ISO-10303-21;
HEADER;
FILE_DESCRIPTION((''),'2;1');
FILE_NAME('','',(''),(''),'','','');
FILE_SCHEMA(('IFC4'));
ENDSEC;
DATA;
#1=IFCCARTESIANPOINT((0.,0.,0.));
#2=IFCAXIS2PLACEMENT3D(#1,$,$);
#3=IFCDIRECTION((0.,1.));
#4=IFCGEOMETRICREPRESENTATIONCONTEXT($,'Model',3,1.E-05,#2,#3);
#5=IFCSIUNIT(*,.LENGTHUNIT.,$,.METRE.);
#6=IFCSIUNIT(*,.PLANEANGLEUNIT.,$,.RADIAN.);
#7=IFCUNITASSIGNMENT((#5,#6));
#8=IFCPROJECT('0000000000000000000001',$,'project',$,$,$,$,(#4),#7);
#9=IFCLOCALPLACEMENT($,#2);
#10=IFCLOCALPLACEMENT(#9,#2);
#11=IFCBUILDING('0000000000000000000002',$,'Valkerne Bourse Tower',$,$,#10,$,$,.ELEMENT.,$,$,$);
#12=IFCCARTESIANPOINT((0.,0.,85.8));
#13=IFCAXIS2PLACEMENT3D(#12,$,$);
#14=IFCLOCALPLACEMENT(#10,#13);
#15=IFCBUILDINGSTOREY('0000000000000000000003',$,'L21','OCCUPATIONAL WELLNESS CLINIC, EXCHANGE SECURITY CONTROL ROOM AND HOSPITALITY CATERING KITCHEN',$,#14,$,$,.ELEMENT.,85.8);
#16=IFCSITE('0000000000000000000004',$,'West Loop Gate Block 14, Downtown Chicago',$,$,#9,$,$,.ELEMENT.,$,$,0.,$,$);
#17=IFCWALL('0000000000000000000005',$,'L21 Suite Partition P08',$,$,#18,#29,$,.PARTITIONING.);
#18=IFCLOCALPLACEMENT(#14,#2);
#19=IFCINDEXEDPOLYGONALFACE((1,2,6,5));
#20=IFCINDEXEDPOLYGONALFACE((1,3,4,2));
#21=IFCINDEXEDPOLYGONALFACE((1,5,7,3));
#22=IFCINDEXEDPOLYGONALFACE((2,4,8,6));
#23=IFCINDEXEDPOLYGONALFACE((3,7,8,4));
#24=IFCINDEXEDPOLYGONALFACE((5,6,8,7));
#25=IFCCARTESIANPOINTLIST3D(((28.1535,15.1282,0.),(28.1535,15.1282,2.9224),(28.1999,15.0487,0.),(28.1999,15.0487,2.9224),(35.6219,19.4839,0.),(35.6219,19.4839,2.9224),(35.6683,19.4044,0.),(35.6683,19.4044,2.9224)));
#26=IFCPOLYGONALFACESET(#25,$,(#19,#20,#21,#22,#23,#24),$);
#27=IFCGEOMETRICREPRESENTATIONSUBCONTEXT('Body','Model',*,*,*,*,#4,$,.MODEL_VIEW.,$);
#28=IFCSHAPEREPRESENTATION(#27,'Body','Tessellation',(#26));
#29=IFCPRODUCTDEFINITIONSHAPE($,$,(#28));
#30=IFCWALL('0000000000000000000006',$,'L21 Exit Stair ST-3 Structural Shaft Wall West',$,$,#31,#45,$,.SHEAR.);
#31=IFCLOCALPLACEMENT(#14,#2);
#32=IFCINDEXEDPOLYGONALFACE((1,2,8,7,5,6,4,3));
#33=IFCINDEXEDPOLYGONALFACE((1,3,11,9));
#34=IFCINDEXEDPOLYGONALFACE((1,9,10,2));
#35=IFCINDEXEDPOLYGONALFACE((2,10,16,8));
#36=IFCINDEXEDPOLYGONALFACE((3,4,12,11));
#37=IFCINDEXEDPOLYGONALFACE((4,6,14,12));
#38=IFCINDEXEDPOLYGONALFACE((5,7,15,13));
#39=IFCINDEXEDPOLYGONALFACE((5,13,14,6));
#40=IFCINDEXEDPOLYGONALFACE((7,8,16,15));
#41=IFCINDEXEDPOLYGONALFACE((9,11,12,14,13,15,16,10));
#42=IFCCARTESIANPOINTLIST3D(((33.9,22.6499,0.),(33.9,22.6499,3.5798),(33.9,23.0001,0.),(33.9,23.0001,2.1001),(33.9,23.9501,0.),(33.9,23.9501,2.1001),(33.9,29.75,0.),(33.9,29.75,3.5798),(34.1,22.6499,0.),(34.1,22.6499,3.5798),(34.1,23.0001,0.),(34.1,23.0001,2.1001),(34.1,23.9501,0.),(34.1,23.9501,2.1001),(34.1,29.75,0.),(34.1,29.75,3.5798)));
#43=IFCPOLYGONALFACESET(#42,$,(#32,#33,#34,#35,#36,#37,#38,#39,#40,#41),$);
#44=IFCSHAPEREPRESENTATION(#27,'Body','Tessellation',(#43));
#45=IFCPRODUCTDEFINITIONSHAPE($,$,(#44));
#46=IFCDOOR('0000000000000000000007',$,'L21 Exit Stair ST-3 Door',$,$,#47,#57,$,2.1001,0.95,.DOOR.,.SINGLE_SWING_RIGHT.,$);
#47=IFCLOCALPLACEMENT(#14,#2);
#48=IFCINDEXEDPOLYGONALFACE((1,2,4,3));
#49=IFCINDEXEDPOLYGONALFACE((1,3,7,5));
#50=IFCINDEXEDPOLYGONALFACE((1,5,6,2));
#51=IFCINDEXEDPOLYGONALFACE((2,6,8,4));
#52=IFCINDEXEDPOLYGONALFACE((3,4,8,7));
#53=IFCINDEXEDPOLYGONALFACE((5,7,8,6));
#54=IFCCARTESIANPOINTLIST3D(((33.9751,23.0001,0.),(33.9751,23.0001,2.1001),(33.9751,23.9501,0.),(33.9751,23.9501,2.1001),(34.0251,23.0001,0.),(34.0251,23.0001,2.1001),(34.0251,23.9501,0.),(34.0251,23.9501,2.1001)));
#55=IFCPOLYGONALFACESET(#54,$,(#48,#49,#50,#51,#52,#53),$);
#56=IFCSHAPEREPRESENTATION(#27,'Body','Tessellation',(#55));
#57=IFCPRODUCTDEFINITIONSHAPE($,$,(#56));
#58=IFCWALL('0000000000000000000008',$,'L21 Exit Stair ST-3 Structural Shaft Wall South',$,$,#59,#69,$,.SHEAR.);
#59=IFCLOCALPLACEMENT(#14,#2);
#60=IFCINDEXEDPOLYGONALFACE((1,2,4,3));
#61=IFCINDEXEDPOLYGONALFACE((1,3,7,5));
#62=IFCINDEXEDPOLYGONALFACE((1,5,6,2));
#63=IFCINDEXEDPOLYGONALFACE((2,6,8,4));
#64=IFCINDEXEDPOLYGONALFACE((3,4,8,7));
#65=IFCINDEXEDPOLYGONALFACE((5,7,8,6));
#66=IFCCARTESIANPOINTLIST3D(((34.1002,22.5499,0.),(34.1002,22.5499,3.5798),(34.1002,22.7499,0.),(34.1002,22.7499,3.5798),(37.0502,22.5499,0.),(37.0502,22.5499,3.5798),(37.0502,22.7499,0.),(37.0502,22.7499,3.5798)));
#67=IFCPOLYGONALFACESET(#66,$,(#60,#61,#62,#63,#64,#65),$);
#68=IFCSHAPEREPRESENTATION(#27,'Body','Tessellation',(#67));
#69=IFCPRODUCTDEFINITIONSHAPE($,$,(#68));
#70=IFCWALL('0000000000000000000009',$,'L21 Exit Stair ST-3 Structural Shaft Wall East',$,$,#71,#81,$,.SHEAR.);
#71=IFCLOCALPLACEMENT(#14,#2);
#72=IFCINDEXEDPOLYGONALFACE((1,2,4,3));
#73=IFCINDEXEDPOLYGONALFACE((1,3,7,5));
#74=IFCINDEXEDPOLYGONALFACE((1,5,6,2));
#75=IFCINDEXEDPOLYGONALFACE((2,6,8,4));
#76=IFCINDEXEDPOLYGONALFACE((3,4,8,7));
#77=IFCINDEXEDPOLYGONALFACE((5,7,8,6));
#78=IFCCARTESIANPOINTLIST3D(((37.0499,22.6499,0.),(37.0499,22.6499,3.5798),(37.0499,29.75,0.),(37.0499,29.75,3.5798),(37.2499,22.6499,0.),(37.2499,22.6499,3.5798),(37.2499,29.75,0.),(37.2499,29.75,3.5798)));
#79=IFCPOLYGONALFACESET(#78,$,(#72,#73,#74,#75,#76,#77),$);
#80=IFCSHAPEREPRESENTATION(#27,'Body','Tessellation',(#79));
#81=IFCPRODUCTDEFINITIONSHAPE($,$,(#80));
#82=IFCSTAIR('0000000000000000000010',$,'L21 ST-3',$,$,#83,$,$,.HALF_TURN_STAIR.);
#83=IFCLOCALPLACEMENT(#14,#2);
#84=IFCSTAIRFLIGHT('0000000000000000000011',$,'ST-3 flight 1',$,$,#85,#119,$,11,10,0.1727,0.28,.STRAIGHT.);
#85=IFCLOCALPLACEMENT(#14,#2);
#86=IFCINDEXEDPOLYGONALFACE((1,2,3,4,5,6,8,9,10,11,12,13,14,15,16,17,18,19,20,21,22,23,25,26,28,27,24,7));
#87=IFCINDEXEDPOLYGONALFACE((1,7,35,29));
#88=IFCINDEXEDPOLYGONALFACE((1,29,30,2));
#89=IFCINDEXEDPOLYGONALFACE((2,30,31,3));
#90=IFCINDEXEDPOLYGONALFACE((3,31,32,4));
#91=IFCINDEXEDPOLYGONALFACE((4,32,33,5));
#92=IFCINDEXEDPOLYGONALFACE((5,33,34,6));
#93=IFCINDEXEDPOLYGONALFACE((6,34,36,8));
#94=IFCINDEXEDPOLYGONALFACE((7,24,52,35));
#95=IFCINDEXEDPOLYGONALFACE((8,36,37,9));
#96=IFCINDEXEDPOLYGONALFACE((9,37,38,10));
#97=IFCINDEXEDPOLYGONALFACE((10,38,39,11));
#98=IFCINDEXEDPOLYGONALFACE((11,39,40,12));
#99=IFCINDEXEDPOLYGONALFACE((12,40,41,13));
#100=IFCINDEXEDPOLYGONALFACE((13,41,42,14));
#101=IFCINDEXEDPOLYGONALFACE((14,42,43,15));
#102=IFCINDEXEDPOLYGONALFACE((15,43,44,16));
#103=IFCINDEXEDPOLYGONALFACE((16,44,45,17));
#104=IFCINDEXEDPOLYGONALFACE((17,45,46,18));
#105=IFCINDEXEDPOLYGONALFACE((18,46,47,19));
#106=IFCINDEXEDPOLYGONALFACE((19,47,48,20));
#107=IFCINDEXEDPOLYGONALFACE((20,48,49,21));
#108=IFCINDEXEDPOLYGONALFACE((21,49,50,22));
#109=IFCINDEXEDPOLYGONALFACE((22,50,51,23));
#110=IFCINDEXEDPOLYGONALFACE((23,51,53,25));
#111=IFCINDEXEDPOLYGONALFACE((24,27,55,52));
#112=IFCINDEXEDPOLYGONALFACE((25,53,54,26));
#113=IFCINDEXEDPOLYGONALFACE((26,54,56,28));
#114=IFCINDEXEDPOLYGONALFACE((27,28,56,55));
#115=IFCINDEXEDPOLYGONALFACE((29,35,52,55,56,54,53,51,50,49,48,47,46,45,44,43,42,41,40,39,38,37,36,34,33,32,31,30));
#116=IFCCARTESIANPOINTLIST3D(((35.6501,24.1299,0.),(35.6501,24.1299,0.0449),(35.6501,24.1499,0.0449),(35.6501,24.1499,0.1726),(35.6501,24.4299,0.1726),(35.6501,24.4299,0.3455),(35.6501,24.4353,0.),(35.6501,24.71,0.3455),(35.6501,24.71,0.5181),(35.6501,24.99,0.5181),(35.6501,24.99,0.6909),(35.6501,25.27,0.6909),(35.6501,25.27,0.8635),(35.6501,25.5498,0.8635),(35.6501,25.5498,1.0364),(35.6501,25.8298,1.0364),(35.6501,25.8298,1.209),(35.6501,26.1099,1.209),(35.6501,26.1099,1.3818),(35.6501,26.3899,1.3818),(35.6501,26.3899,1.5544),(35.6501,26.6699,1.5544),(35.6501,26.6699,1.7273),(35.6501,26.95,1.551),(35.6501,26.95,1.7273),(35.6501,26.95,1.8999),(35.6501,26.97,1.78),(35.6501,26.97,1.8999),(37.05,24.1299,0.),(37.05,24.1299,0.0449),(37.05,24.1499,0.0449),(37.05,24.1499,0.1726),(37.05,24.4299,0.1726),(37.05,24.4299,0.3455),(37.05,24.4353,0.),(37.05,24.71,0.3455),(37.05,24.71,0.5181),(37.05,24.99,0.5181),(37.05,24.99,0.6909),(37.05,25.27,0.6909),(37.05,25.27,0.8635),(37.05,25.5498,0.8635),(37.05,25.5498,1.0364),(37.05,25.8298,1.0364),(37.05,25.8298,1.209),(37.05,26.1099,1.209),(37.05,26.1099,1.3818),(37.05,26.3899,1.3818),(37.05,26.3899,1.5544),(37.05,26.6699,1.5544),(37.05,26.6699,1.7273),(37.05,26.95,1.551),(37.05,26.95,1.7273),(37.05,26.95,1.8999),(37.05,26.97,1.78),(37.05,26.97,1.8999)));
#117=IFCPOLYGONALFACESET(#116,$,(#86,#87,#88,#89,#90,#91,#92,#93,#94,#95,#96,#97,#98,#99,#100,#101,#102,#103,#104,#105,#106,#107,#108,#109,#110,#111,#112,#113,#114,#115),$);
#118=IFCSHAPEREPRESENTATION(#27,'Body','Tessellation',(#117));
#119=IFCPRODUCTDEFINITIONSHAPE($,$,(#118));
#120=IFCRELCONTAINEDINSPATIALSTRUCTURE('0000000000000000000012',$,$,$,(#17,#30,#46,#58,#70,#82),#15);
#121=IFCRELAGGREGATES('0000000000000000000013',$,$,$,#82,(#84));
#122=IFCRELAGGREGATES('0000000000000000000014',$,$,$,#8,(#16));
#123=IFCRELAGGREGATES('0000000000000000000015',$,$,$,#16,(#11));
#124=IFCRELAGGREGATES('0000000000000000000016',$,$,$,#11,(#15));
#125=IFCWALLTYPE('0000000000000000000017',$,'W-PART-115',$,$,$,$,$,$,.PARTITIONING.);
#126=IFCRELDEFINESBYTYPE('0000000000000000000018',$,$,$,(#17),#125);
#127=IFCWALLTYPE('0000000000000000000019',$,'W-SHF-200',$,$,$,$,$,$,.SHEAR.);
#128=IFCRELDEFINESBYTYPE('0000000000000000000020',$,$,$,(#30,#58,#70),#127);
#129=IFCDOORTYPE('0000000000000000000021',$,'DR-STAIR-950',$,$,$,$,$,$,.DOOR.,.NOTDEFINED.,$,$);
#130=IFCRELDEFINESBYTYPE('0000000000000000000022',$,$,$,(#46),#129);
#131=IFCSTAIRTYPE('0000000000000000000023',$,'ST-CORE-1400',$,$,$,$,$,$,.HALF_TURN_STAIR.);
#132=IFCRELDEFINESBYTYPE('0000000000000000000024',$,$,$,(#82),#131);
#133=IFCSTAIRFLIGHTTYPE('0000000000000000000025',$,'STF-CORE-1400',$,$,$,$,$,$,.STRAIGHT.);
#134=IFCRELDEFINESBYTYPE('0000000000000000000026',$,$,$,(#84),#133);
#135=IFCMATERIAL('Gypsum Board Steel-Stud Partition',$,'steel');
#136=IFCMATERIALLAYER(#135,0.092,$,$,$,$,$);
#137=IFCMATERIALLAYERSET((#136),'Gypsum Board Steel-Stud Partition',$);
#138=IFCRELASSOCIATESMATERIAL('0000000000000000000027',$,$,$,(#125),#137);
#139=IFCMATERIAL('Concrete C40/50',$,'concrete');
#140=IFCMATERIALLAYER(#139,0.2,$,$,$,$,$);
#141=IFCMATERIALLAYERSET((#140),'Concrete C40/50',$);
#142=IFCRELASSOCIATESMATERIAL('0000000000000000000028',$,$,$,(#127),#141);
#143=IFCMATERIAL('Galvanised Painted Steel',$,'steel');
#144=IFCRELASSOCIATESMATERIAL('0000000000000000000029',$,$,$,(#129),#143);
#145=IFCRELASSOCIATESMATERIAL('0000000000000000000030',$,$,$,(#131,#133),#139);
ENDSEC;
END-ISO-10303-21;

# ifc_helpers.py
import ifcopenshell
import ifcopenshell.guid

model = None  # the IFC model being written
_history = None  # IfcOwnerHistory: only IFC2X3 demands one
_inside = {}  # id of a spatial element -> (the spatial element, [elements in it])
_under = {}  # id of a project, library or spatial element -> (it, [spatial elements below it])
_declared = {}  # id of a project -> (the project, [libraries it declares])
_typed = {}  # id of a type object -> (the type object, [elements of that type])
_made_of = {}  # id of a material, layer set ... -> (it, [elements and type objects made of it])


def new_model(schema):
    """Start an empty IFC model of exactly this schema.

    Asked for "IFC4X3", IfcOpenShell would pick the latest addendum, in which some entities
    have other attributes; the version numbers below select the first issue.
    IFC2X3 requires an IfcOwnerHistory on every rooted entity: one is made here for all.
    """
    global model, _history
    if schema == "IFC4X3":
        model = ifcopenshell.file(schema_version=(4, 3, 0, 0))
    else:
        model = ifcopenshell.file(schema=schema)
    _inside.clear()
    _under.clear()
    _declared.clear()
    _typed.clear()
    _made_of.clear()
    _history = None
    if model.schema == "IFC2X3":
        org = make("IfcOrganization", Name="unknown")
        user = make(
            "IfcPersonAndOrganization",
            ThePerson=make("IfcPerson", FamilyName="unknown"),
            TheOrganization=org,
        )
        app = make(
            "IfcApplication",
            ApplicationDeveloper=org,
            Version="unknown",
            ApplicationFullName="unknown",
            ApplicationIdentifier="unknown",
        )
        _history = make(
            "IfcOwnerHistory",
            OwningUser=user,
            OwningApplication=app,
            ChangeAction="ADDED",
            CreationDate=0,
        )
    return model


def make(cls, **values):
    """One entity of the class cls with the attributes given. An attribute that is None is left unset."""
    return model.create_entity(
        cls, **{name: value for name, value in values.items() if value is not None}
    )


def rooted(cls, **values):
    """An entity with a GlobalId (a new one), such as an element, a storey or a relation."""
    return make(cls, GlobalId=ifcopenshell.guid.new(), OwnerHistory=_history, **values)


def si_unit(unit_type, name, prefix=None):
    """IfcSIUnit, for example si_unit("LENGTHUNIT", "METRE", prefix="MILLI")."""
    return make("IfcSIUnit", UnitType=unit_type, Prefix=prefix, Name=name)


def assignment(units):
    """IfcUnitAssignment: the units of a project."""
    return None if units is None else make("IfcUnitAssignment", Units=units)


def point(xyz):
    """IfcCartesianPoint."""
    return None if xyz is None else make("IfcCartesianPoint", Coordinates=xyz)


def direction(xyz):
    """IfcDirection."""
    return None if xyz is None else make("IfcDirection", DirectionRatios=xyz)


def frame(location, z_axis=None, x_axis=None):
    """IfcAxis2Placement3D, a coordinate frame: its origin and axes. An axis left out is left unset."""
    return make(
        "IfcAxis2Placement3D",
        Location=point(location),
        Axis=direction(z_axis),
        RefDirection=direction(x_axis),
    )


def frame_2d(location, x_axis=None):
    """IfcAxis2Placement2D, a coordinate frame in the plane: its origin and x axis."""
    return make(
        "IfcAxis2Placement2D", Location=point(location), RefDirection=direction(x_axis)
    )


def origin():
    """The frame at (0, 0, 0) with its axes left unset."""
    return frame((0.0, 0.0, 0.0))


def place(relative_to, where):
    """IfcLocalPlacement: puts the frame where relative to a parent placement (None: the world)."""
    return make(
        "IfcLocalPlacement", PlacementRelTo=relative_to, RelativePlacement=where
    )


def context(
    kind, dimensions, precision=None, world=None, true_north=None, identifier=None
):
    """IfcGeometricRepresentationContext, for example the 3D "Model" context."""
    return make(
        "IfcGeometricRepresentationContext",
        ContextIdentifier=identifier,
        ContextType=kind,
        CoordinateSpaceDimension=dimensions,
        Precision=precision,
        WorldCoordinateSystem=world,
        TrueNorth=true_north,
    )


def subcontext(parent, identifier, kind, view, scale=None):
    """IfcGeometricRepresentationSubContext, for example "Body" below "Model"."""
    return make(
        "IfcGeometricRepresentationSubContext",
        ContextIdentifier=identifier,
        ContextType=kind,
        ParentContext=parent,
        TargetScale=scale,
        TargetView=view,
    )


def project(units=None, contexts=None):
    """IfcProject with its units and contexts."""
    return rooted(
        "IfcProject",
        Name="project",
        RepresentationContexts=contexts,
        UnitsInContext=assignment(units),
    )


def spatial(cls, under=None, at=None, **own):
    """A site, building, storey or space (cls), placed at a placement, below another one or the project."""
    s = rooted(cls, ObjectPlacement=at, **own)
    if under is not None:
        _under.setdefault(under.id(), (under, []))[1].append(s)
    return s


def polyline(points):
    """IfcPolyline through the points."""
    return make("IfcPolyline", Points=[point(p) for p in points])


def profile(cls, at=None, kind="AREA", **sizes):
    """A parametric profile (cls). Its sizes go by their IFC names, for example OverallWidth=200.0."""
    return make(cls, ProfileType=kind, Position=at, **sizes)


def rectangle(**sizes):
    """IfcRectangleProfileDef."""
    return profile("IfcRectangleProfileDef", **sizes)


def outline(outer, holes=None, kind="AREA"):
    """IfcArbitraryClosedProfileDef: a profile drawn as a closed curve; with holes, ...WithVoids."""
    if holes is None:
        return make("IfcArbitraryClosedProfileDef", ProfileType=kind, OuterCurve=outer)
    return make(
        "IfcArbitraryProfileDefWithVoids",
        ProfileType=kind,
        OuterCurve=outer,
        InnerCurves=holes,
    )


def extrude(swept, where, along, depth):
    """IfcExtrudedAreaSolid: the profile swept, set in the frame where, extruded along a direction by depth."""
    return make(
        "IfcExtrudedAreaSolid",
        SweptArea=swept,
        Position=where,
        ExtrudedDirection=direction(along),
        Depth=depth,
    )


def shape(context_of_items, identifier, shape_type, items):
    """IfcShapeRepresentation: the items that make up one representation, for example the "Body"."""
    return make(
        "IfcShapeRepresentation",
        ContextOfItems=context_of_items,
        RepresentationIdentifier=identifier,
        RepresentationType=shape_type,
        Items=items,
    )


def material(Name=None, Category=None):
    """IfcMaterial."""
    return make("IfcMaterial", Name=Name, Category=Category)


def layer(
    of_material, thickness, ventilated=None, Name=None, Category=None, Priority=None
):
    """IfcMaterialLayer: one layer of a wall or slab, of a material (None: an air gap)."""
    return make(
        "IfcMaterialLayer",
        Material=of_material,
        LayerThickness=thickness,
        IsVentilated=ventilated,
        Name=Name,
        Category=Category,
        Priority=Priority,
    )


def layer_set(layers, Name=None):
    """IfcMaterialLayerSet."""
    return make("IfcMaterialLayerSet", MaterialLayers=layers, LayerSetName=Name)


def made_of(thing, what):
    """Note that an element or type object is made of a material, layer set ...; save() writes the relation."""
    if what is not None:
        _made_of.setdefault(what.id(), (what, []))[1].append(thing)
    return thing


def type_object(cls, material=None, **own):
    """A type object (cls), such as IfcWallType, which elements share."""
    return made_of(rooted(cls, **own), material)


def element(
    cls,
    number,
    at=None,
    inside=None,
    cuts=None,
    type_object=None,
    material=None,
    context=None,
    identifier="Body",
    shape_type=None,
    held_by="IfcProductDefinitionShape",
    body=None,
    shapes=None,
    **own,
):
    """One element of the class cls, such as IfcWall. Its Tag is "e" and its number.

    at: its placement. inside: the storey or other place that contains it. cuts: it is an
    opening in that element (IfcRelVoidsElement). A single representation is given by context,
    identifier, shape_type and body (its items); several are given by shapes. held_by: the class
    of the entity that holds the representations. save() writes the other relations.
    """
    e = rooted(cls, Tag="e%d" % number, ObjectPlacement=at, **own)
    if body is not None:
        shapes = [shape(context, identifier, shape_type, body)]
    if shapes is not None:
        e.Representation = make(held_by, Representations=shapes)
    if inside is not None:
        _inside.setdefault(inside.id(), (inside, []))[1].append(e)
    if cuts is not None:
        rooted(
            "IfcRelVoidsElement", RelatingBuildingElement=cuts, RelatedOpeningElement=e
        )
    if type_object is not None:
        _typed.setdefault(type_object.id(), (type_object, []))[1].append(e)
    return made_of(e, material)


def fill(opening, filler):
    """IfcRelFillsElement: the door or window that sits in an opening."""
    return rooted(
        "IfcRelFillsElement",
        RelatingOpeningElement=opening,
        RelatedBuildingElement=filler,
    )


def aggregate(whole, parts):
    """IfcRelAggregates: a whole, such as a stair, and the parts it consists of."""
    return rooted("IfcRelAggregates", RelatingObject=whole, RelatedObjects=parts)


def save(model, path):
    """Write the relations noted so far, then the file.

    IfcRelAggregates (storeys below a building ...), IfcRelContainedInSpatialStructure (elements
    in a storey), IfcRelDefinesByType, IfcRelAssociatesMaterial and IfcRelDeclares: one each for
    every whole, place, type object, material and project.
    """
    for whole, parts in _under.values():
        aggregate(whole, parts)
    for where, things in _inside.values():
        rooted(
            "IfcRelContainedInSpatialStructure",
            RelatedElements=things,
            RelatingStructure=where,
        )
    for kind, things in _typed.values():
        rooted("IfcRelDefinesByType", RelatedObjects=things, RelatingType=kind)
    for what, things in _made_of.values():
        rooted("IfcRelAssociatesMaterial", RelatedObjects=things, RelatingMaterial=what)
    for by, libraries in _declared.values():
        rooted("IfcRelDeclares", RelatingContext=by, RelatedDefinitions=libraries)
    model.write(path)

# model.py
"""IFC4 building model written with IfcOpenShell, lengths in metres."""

from ifc_helpers import new_model, si_unit, direction, frame, frame_2d, origin, place, context, subcontext, project, spatial, polyline, rectangle, outline, extrude, material, layer, layer_set, type_object, element, fill, aggregate, save


model = new_model("IFC4")

# Units and contexts
model_context = context("Model", 3, precision=1e-05, world=origin(), true_north=direction((0.0, 1.0)))
body_context = subcontext(model_context, "Body", "Model", "MODEL_VIEW")
ifc_project = project(units=[si_unit("LENGTHUNIT", "METRE"), si_unit("PLANEANGLEUNIT", "RADIAN")], contexts=[model_context])

# Site, building, storey
site_placement = place(None, origin())
site = spatial("IfcSite", under=ifc_project, at=site_placement, Name="West Loop Gate Block 14, Downtown Chicago", CompositionType="ELEMENT", RefElevation=0.0)
building_placement = place(site_placement, origin())
building = spatial("IfcBuilding", under=site, at=building_placement, Name="Valkerne Bourse Tower", CompositionType="ELEMENT")
storey_placement = place(building_placement, frame((0.0, 0.0, 85.8)))
storey = spatial("IfcBuildingStorey", under=building, at=storey_placement, Name="L21", Description="OCCUPATIONAL WELLNESS CLINIC, EXCHANGE SECURITY CONTROL ROOM AND HOSPITALITY CATERING KITCHEN", CompositionType="ELEMENT", Elevation=85.8)

# Wall
ifc_material_1 = material(Name="Gypsum Board Steel-Stud Partition", Category="steel")
ifc_layer_1 = layer(ifc_material_1, 0.092)
ifc_layer_set_1 = layer_set([ifc_layer_1], Name="Gypsum Board Steel-Stud Partition")
wall_type_1 = type_object("IfcWallType", Name="W-PART-115", PredefinedType="PARTITIONING", material=ifc_layer_set_1)
wall_1_placement = place(storey_placement, frame((35.645, 19.4441, 0.0), z_axis=(0.0, 0.0, 1.0), x_axis=(-0.863825, -0.503792, 0.0)))
element("IfcWall", 1, at=wall_1_placement, inside=storey, type_object=wall_type_1, Name="L21 Suite Partition P08", PredefinedType="PARTITIONING", context=body_context, shape_type="SweptSolid", body=[
    extrude(rectangle(XDim=8.6458, YDim=0.092, at=frame_2d((4.3228, 0.0))), origin(), (0.0, 0.0, 1.0), 2.9224),
])

# Wall, opening, door
ifc_material_2 = material(Name="Concrete C40/50", Category="concrete")
ifc_layer_2 = layer(ifc_material_2, 0.2)
ifc_layer_set_2 = layer_set([ifc_layer_2], Name="Concrete C40/50")
wall_type_2 = type_object("IfcWallType", Name="W-SHF-200", PredefinedType="SHEAR", material=ifc_layer_set_2)
wall_2_placement = place(storey_placement, frame((34.0, 22.6499, 0.0), z_axis=(0.0, 0.0, 1.0), x_axis=(0.0, 1.0, 0.0)))
wall_2 = element("IfcWall", 2, at=wall_2_placement, inside=storey, type_object=wall_type_2, Name="L21 Exit Stair ST-3 Structural Shaft Wall West", PredefinedType="SHEAR", context=body_context, shape_type="SweptSolid", body=[
    extrude(rectangle(XDim=7.1001, YDim=0.2, at=frame_2d((3.55, 0.0))), origin(), (0.0, 0.0, 1.0), 3.5798),
])
opening_placement = place(wall_2_placement, frame((0.3501, 0.0, 0.0)))
opening = element("IfcOpeningElement", 3, at=opening_placement, cuts=wall_2, PredefinedType="OPENING", context=body_context, shape_type="SweptSolid", body=[
    extrude(rectangle(XDim=0.95, YDim=2.1001, at=frame_2d((0.4751, 1.05))), frame((0.0, 0.1099, 0.0), z_axis=(0.0, -1.0, 0.0), x_axis=(1.0, 0.0, 0.0)), (0.0, 0.0, 1.0), 0.22),
])
ifc_material_3 = material(Name="Galvanised Painted Steel", Category="steel")
door_type = type_object("IfcDoorType", Name="DR-STAIR-950", OperationType="NOTDEFINED", PredefinedType="DOOR", material=ifc_material_3)
door_placement = place(opening_placement, origin())
door = element("IfcDoor", 4, at=door_placement, inside=storey, type_object=door_type, Name="L21 Exit Stair ST-3 Door", OperationType="SINGLE_SWING_RIGHT", OverallHeight=2.1001, OverallWidth=0.95, PredefinedType="DOOR", context=body_context, shape_type="SweptSolid", body=[
    extrude(rectangle(XDim=0.95, YDim=2.1001, at=frame_2d((0.4751, 1.05))), frame((0.0, 0.0249, 0.0), z_axis=(0.0, -1.0, 0.0), x_axis=(1.0, 0.0, 0.0)), (0.0, 0.0, 1.0), 0.05),
])
fill(opening, door)

# Walls
wall_3_placement = place(storey_placement, frame((34.1001, 22.6499, 0.0), z_axis=(0.0, 0.0, 1.0), x_axis=(1.0, 0.0, 0.0)))
element("IfcWall", 5, at=wall_3_placement, inside=storey, type_object=wall_type_2, Name="L21 Exit Stair ST-3 Structural Shaft Wall South", PredefinedType="SHEAR", context=body_context, shape_type="SweptSolid", body=[
    extrude(rectangle(XDim=2.95, YDim=0.2, at=frame_2d((1.4751, 0.0))), origin(), (0.0, 0.0, 1.0), 3.5798),
])
wall_4_placement = place(storey_placement, frame((37.1499, 22.6499, 0.0), z_axis=(0.0, 0.0, 1.0), x_axis=(0.0, 1.0, 0.0)))
element("IfcWall", 6, at=wall_4_placement, inside=storey, type_object=wall_type_2, Name="L21 Exit Stair ST-3 Structural Shaft Wall East", PredefinedType="SHEAR", context=body_context, shape_type="SweptSolid", body=[
    extrude(rectangle(XDim=7.1001, YDim=0.2, at=frame_2d((3.55, 0.0))), origin(), (0.0, 0.0, 1.0), 3.5798),
])

# Stair, stair flight
stair_type = type_object("IfcStairType", Name="ST-CORE-1400", PredefinedType="HALF_TURN_STAIR", material=ifc_material_2)
stair_placement = place(storey_placement, origin())
stair = element("IfcStair", 7, at=stair_placement, inside=storey, type_object=stair_type, Name="L21 ST-3", PredefinedType="HALF_TURN_STAIR")
stair_flight_type = type_object("IfcStairFlightType", Name="STF-CORE-1400", PredefinedType="STRAIGHT", material=ifc_material_2)
stair_flight_placement = place(storey_placement, frame((36.3501, 24.1499, 0.0), z_axis=(0.0, 0.0, 1.0), x_axis=(0.0, 1.0, 0.0)))
stair_flight = element("IfcStairFlight", 8, at=stair_flight_placement, type_object=stair_flight_type, Name="ST-3 flight 1", NumberOfRisers=11, NumberOfTreads=10, PredefinedType="STRAIGHT", RiserHeight=0.1727, TreadLength=0.28, context=body_context, shape_type="SweptSolid", body=[
    extrude(outline(polyline([(-0.02, 0.0), (-0.02, 0.0449), (0.0, 0.0449), (0.0, 0.1726), (0.28, 0.1726), (0.28, 0.3455), (0.5601, 0.3455), (0.5601, 0.5181), (0.8401, 0.5181), (0.8401, 0.6909), (1.1201, 0.6909), (1.1201, 0.8635), (1.3999, 0.8635), (1.3999, 1.0364), (1.6799, 1.0364), (1.6799, 1.209), (1.96, 1.209), (1.96, 1.3818), (2.24, 1.3818), (2.24, 1.5544), (2.52, 1.5544), (2.52, 1.7273), (2.8, 1.7273), (2.8, 1.8999), (2.8201, 1.8999), (2.8201, 1.78), (2.8, 1.551), (0.2854, 0.0), (-0.02, 0.0)])), frame((0.0, 0.7, 0.0), z_axis=(0.0, -1.0, 0.0), x_axis=(1.0, 0.0, 0.0)), (0.0, 0.0, 1.0), 1.3999),
])
aggregate(stair, [stair_flight])

save(model, "model.ifc")
